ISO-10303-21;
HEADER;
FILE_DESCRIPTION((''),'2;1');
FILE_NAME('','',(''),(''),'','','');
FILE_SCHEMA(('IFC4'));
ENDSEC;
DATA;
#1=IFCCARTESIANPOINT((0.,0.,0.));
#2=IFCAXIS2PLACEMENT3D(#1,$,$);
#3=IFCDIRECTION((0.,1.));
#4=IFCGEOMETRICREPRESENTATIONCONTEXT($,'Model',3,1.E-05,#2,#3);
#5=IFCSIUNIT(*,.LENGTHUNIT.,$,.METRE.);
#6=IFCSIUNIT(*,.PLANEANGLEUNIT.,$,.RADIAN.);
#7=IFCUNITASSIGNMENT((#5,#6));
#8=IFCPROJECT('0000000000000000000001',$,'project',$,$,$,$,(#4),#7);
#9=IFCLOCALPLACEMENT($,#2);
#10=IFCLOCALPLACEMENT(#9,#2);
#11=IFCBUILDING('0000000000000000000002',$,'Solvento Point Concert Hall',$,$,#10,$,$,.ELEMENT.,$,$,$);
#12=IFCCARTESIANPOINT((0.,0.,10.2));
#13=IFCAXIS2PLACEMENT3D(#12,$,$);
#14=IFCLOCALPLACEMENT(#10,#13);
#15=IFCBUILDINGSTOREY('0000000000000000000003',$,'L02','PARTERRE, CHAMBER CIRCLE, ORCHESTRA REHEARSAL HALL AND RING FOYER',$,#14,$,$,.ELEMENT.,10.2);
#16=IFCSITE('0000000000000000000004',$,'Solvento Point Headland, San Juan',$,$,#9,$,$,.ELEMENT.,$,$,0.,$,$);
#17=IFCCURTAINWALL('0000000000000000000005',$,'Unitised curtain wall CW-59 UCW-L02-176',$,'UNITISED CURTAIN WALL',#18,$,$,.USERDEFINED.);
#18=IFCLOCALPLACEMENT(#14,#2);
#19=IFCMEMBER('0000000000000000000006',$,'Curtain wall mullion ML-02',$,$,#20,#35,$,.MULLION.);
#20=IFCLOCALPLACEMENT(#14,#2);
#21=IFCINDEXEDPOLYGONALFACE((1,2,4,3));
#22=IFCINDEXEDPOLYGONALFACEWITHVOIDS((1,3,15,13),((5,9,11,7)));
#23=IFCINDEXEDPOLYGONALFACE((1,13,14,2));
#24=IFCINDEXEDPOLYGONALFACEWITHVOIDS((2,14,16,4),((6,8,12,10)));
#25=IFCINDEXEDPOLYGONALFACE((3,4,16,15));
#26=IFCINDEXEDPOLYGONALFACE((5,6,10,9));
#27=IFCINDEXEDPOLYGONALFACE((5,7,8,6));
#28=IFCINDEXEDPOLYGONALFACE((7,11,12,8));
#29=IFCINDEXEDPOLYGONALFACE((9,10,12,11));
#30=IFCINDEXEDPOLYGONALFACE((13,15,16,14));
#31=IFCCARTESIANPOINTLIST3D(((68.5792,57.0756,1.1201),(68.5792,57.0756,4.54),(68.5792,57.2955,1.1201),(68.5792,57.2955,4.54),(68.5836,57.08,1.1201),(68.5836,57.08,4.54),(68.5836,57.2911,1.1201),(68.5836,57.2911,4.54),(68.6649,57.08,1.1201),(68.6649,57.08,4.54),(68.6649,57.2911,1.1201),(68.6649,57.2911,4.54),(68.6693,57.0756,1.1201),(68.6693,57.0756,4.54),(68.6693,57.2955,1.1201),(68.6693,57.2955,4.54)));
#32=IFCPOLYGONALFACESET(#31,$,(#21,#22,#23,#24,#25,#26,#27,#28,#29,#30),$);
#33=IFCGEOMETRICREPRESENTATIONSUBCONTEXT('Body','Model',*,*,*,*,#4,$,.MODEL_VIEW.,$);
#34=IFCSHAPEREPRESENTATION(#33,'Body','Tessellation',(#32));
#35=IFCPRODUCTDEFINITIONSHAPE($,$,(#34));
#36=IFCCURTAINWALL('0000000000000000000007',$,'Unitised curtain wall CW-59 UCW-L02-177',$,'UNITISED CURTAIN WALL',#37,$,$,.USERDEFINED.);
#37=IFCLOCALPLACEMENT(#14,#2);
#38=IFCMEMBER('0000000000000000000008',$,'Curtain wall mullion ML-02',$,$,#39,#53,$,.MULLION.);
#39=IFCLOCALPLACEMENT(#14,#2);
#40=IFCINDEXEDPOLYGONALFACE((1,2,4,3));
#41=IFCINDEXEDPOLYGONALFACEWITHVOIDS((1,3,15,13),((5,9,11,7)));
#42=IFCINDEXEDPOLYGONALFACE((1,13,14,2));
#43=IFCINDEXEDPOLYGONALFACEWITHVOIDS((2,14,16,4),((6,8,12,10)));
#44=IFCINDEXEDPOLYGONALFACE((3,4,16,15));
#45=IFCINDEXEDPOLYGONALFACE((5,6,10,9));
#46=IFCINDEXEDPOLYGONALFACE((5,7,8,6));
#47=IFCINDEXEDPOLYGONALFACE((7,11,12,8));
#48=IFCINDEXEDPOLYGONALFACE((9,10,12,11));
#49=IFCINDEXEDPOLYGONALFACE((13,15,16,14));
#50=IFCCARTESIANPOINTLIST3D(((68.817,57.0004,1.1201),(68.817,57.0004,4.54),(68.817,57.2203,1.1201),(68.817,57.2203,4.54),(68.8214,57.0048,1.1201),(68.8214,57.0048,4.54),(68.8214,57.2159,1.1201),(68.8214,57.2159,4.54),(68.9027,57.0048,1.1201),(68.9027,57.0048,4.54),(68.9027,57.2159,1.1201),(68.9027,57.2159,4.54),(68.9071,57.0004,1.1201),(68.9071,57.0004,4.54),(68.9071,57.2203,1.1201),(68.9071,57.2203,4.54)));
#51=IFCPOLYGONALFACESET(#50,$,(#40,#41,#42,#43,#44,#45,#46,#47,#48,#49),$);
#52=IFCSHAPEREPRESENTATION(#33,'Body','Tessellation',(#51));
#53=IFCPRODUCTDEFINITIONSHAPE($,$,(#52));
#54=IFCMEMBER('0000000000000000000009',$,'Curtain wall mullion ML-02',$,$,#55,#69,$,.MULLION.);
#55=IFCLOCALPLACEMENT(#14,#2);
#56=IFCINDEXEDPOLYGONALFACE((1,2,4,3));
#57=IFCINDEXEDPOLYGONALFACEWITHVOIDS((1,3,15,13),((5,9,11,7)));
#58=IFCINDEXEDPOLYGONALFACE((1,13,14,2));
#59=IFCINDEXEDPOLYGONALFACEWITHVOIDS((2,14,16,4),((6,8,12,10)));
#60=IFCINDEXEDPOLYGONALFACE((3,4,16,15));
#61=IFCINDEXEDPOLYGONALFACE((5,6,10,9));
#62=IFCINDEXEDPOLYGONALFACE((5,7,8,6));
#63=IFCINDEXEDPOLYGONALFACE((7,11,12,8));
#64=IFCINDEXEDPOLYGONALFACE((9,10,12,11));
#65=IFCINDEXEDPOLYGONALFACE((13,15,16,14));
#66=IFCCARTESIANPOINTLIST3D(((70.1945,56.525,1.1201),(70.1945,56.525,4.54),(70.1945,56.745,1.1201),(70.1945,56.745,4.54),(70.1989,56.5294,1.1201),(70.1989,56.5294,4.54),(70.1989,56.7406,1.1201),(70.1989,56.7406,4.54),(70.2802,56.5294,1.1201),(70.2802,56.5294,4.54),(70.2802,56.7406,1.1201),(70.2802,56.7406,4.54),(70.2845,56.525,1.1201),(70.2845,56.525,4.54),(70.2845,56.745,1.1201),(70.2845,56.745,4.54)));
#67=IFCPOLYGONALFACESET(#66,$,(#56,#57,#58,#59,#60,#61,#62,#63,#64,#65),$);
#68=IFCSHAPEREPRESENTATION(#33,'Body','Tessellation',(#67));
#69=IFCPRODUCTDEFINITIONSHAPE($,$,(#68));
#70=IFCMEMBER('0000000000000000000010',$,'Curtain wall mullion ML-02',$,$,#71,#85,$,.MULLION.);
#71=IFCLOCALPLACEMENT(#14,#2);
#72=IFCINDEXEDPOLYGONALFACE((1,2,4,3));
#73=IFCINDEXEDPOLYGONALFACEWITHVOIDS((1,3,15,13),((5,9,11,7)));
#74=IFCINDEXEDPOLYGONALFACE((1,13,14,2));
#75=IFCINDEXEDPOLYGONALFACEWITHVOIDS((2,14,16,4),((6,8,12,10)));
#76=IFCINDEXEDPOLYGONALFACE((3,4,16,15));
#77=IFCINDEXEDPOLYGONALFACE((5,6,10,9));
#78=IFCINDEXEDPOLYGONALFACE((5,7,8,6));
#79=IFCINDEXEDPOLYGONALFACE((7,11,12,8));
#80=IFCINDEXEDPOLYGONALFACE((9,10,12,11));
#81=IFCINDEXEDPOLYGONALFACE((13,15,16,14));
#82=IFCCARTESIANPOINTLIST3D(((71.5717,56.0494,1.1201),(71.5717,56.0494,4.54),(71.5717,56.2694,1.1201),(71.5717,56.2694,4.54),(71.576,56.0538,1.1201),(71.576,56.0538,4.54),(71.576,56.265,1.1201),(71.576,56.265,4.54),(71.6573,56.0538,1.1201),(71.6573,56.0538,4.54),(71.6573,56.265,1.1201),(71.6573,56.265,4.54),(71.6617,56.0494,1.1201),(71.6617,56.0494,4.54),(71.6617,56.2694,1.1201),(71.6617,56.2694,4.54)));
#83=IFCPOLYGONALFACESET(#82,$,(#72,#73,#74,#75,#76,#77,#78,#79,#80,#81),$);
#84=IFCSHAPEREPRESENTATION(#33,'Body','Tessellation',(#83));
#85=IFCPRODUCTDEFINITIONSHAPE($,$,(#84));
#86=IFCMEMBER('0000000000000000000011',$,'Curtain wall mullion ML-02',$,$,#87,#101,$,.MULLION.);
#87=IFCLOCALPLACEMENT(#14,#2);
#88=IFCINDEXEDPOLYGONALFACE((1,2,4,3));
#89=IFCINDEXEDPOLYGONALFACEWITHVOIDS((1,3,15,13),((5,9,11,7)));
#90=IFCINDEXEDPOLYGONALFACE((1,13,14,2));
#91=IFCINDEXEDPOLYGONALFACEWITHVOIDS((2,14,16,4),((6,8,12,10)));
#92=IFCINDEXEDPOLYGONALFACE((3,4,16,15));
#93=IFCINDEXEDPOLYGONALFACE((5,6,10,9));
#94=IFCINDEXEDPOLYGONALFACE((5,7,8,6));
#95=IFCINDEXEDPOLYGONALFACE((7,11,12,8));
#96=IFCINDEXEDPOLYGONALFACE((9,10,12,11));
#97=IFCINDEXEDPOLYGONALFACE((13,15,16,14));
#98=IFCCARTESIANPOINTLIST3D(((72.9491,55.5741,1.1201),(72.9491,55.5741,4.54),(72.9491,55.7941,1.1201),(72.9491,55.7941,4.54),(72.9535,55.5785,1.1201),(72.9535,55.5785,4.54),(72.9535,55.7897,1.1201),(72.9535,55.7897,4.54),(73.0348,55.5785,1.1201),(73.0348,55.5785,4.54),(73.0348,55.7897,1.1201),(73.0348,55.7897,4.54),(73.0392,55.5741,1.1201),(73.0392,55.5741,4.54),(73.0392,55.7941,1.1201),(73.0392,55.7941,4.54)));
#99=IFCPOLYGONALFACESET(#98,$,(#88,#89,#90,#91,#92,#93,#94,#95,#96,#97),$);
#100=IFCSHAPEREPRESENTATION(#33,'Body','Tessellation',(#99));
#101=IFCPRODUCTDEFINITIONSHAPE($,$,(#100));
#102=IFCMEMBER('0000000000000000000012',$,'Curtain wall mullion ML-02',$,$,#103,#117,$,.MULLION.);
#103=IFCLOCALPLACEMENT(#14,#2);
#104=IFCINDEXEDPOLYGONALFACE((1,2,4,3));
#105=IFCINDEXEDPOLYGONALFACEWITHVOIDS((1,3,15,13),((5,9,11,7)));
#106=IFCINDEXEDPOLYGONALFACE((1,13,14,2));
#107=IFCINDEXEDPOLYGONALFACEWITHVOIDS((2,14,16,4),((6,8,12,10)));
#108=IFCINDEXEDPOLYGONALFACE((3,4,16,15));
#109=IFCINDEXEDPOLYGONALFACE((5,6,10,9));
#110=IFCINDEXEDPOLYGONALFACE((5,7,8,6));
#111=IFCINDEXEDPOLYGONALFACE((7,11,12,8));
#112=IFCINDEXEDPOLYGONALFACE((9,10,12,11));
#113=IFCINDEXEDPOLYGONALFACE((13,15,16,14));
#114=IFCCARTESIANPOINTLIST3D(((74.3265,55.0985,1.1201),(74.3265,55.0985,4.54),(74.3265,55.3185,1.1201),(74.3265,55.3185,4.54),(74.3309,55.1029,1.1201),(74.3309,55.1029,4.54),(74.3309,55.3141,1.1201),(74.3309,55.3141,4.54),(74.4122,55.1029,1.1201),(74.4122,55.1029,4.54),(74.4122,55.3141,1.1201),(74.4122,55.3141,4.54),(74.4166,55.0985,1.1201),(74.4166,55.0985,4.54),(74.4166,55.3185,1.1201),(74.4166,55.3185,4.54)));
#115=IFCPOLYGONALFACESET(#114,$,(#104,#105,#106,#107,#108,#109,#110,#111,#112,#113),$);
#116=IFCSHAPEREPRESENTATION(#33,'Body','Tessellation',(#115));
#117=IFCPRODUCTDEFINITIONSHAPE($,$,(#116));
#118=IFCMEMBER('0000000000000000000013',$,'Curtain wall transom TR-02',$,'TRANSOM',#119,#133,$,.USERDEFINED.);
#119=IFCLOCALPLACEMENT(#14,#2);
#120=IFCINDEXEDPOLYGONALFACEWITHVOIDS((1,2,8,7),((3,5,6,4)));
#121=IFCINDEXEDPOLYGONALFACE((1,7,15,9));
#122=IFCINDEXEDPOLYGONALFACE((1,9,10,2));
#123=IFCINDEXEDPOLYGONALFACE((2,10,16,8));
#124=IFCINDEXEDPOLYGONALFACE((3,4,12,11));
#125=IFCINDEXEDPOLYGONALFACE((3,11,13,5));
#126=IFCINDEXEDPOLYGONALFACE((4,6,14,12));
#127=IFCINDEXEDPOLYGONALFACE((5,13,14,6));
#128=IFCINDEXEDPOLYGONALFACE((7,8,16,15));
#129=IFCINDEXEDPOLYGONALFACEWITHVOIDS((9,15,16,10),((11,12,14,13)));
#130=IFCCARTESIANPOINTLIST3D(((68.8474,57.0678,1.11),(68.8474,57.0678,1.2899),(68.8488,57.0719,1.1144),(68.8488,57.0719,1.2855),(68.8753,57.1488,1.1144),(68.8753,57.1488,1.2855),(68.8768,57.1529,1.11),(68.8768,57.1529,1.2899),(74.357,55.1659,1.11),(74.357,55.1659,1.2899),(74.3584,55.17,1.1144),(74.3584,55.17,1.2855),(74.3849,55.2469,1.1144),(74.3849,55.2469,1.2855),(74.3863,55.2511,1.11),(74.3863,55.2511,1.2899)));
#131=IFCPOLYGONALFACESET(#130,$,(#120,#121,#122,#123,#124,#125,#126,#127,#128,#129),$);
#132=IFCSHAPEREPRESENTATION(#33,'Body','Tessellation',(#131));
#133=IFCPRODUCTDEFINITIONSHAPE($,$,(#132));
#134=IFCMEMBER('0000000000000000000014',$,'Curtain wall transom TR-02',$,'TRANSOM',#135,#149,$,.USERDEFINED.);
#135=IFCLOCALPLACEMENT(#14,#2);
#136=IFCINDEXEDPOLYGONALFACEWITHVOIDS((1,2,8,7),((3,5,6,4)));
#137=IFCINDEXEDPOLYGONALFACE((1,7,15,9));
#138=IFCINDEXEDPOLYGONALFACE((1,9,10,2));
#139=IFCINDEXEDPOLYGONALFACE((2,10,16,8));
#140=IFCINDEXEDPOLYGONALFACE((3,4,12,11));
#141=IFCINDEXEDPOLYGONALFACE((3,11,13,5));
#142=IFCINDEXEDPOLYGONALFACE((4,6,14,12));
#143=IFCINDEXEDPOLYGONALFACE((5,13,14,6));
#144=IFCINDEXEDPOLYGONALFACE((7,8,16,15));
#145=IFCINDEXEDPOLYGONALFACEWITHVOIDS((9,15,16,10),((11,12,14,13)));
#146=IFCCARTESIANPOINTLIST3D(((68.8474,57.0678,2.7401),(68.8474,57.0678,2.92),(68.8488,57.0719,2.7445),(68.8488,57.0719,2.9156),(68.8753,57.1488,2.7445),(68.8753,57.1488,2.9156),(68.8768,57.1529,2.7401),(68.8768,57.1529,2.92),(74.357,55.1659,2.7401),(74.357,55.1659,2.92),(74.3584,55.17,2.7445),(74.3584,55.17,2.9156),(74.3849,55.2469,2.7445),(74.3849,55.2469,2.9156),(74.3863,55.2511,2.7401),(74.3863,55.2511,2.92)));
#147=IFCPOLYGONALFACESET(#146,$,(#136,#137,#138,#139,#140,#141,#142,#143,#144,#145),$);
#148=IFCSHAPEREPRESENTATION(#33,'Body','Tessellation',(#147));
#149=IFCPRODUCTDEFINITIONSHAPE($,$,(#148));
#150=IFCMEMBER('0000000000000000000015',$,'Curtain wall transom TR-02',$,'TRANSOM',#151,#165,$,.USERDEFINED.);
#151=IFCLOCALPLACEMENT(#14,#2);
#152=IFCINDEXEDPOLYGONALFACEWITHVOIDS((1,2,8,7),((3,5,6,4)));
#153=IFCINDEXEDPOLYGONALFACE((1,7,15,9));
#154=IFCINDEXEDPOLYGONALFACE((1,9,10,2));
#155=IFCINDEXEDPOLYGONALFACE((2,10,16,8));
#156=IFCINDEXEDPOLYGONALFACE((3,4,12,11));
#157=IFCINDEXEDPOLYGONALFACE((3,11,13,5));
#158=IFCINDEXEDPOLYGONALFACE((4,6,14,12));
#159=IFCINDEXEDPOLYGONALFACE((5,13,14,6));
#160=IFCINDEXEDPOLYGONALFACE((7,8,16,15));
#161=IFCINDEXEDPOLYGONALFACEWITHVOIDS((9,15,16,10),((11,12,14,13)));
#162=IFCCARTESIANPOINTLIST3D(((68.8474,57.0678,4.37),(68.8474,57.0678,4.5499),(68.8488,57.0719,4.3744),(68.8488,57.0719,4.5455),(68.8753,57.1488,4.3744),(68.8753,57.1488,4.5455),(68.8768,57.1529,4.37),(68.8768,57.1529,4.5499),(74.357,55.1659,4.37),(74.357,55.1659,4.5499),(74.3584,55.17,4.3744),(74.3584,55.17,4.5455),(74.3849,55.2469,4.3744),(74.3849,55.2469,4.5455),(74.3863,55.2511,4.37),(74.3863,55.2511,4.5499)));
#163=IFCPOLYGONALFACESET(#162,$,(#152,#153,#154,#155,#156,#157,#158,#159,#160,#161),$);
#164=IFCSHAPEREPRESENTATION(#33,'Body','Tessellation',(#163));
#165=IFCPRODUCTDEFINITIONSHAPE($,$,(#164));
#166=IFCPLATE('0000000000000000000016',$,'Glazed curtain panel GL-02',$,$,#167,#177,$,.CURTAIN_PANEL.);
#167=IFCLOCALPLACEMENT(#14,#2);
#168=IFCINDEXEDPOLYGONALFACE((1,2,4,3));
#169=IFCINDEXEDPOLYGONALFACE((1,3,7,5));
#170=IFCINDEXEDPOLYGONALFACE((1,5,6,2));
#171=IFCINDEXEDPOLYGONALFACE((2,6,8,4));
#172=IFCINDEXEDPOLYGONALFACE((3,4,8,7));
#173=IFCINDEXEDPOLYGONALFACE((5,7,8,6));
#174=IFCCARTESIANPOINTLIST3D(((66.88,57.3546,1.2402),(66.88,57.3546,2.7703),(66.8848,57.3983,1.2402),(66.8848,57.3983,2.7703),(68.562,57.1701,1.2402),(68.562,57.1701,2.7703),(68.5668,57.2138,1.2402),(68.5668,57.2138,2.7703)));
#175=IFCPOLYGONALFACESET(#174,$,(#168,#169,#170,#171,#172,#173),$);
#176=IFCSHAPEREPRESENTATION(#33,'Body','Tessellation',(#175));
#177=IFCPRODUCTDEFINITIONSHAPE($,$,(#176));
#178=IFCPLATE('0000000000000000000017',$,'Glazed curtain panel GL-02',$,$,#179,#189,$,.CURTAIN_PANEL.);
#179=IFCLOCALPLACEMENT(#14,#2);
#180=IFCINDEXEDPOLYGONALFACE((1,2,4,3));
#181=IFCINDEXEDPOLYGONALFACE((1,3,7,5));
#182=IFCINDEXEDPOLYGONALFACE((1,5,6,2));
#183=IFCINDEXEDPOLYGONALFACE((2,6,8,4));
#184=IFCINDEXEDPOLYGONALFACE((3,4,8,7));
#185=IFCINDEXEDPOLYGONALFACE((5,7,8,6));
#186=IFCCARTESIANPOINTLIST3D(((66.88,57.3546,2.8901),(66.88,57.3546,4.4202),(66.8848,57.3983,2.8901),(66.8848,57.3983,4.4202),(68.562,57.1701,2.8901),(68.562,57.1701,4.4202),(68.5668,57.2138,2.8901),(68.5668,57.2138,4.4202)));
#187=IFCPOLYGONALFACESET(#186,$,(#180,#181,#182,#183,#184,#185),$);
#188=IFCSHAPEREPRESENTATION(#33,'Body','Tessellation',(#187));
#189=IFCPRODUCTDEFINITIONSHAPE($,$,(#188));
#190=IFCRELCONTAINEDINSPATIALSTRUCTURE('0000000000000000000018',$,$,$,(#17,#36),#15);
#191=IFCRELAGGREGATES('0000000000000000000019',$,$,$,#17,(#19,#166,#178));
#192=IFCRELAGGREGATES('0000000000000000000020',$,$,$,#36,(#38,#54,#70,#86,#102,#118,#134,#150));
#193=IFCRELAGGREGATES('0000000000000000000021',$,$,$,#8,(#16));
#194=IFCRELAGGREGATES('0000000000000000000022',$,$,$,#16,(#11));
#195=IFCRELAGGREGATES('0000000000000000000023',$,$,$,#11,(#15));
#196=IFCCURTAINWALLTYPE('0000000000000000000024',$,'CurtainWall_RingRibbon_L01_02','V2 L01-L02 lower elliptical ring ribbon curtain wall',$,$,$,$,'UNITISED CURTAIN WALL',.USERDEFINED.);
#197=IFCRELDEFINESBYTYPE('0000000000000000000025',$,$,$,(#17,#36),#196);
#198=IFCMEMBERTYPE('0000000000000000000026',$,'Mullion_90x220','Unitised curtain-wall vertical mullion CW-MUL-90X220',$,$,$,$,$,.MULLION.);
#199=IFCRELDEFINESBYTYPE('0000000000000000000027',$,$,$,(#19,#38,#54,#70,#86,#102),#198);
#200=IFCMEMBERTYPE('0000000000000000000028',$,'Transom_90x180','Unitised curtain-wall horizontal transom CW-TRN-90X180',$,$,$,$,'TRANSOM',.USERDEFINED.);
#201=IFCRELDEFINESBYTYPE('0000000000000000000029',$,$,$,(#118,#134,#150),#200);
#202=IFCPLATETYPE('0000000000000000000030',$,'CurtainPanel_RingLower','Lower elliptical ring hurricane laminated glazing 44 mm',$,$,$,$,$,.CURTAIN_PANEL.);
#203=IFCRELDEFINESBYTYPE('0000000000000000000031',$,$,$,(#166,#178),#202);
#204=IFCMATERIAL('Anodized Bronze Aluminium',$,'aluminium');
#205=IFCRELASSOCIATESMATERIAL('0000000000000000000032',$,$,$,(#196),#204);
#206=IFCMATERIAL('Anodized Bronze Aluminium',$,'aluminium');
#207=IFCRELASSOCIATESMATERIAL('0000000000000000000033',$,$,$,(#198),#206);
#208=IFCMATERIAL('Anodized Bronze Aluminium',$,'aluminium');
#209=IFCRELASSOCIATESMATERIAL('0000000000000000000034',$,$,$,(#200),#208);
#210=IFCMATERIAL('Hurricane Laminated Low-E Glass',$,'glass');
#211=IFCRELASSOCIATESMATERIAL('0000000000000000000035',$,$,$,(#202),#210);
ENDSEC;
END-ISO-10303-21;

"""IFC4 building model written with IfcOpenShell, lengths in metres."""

from ifc_helpers import new_model, si_unit, direction, frame, origin, origin_2d, place, context, subcontext, project, spatial, rectangle, hollow_rectangle, extrude, material, material_profile, profile_set, type_object, element, aggregate, save


model = new_model("IFC4")

# Units and contexts
model_context = context("Model", 3, precision=1e-05, world=origin(), true_north=direction((0.0, 1.0)))
body_context = subcontext(model_context, "Body", "Model", "MODEL_VIEW")
ifc_project = project(units=[si_unit("LENGTHUNIT", "METRE"), si_unit("PLANEANGLEUNIT", "RADIAN")], contexts=[model_context])

# Site, building, storey
site_placement = place(None, origin())
site = spatial("IfcSite", under=ifc_project, at=site_placement, Name="Solvento Point Headland, San Juan", CompositionType="ELEMENT", RefElevation=0.0)
building_placement = place(site_placement, origin())
building = spatial("IfcBuilding", under=site, at=building_placement, Name="Solvento Point Concert Hall", CompositionType="ELEMENT")
storey_placement = place(building_placement, frame((0.0, 0.0, 10.2)))
storey = spatial("IfcBuildingStorey", under=building, at=storey_placement, Name="L02", Description="PARTERRE, CHAMBER CIRCLE, ORCHESTRA REHEARSAL HALL AND RING FOYER", CompositionType="ELEMENT", Elevation=10.2)

# Curtain wall, member
ifc_material_1 = material(Name="Anodized Bronze Aluminium", Category="aluminium")
curtain_wall_type = type_object("IfcCurtainWallType", Name="CurtainWall_RingRibbon_L01_02", Description="V2 L01-L02 lower elliptical ring ribbon curtain wall", ElementType="UNITISED CURTAIN WALL", PredefinedType="USERDEFINED", material=ifc_material_1)
curtain_wall_1_placement = place(storey_placement, origin())
curtain_wall_1 = element("IfcCurtainWall", 1, at=curtain_wall_1_placement, inside=storey, type_object=curtain_wall_type, Name="Unitised curtain wall CW-59 UCW-L02-176", ObjectType="UNITISED CURTAIN WALL", PredefinedType="USERDEFINED")
ifc_material_2 = material(Name="Anodized Bronze Aluminium", Category="aluminium")
ifc_material_profile_1 = material_profile(ifc_material_2, hollow_rectangle(XDim=0.0901, YDim=0.22, WallThickness=0.0044, at=origin_2d()), Name="CW-MUL-90X220")
ifc_profile_set_1 = profile_set([ifc_material_profile_1], Name="Anodized Bronze Aluminium")
member_type_1 = type_object("IfcMemberType", Name="Mullion_90x220", Description="Unitised curtain-wall vertical mullion CW-MUL-90X220", PredefinedType="MULLION", material=ifc_profile_set_1)
member_1_placement = place(storey_placement, frame((68.6243, 57.1855, 1.1201), z_axis=(0.0, 0.0, 1.0), x_axis=(1.0, 0.0, 0.0)))
member_1 = element("IfcMember", 2, at=member_1_placement, type_object=member_type_1, Name="Curtain wall mullion ML-02", PredefinedType="MULLION", context=body_context, shape_type="SweptSolid", body=[
    extrude(hollow_rectangle(XDim=0.0901, YDim=0.22, WallThickness=0.0044, at=origin_2d()), origin(), (0.0, 0.0, 1.0), 3.4199),
])

# Curtain wall, members
curtain_wall_2_placement = place(storey_placement, origin())
curtain_wall_2 = element("IfcCurtainWall", 3, at=curtain_wall_2_placement, inside=storey, type_object=curtain_wall_type, Name="Unitised curtain wall CW-59 UCW-L02-177", ObjectType="UNITISED CURTAIN WALL", PredefinedType="USERDEFINED")
member_2_placement = place(storey_placement, frame((68.8621, 57.1104, 1.1201), z_axis=(0.0, 0.0, 1.0), x_axis=(1.0, 0.0, 0.0)))
member_2 = element("IfcMember", 4, at=member_2_placement, type_object=member_type_1, Name="Curtain wall mullion ML-02", PredefinedType="MULLION", context=body_context, shape_type="SweptSolid", body=[
    extrude(hollow_rectangle(XDim=0.0901, YDim=0.22, WallThickness=0.0044, at=origin_2d()), origin(), (0.0, 0.0, 1.0), 3.4199),
])
member_3_placement = place(storey_placement, frame((70.2395, 56.635, 1.1201), z_axis=(0.0, 0.0, 1.0), x_axis=(1.0, 0.0, 0.0)))
member_3 = element("IfcMember", 5, at=member_3_placement, type_object=member_type_1, Name="Curtain wall mullion ML-02", PredefinedType="MULLION", context=body_context, shape_type="SweptSolid", body=[
    extrude(hollow_rectangle(XDim=0.0901, YDim=0.22, WallThickness=0.0044, at=origin_2d()), origin(), (0.0, 0.0, 1.0), 3.4199),
])
member_4_placement = place(storey_placement, frame((71.6167, 56.1594, 1.1201), z_axis=(0.0, 0.0, 1.0), x_axis=(1.0, 0.0, 0.0)))
member_4 = element("IfcMember", 6, at=member_4_placement, type_object=member_type_1, Name="Curtain wall mullion ML-02", PredefinedType="MULLION", context=body_context, shape_type="SweptSolid", body=[
    extrude(hollow_rectangle(XDim=0.0901, YDim=0.22, WallThickness=0.0044, at=origin_2d()), origin(), (0.0, 0.0, 1.0), 3.4199),
])
member_5_placement = place(storey_placement, frame((72.9941, 55.6841, 1.1201), z_axis=(0.0, 0.0, 1.0), x_axis=(1.0, 0.0, 0.0)))
member_5 = element("IfcMember", 7, at=member_5_placement, type_object=member_type_1, Name="Curtain wall mullion ML-02", PredefinedType="MULLION", context=body_context, shape_type="SweptSolid", body=[
    extrude(hollow_rectangle(XDim=0.0901, YDim=0.22, WallThickness=0.0044, at=origin_2d()), origin(), (0.0, 0.0, 1.0), 3.4199),
])
member_6_placement = place(storey_placement, frame((74.3716, 55.2085, 1.1201), z_axis=(0.0, 0.0, 1.0), x_axis=(1.0, 0.0, 0.0)))
member_6 = element("IfcMember", 8, at=member_6_placement, type_object=member_type_1, Name="Curtain wall mullion ML-02", PredefinedType="MULLION", context=body_context, shape_type="SweptSolid", body=[
    extrude(hollow_rectangle(XDim=0.0901, YDim=0.22, WallThickness=0.0044, at=origin_2d()), origin(), (0.0, 0.0, 1.0), 3.4199),
])
ifc_material_3 = material(Name="Anodized Bronze Aluminium", Category="aluminium")
ifc_material_profile_2 = material_profile(ifc_material_3, hollow_rectangle(XDim=0.0901, YDim=0.1799, WallThickness=0.0044, at=origin_2d()), Name="CW-TRN-90X180")
ifc_profile_set_2 = profile_set([ifc_material_profile_2], Name="Anodized Bronze Aluminium")
member_type_2 = type_object("IfcMemberType", Name="Transom_90x180", Description="Unitised curtain-wall horizontal transom CW-TRN-90X180", ElementType="TRANSOM", PredefinedType="USERDEFINED", material=ifc_profile_set_2)
member_7_placement = place(storey_placement, frame((68.8621, 57.1104, 1.2), z_axis=(0.945266, -0.3263, 0.0), x_axis=(0.3263, 0.945266, 0.0)))
member_7 = element("IfcMember", 9, at=member_7_placement, type_object=member_type_2, Name="Curtain wall transom TR-02", ObjectType="TRANSOM", PredefinedType="USERDEFINED", context=body_context, shape_type="SweptSolid", body=[
    extrude(hollow_rectangle(XDim=0.0901, YDim=0.1799, WallThickness=0.0044, at=origin_2d()), origin(), (0.0, 0.0, 1.0), 5.8286),
])
member_8_placement = place(storey_placement, frame((68.8621, 57.1104, 2.8301), z_axis=(0.945266, -0.3263, 0.0), x_axis=(0.3263, 0.945266, 0.0)))
member_8 = element("IfcMember", 10, at=member_8_placement, type_object=member_type_2, Name="Curtain wall transom TR-02", ObjectType="TRANSOM", PredefinedType="USERDEFINED", context=body_context, shape_type="SweptSolid", body=[
    extrude(hollow_rectangle(XDim=0.0901, YDim=0.1799, WallThickness=0.0044, at=origin_2d()), origin(), (0.0, 0.0, 1.0), 5.8286),
])
member_9_placement = place(storey_placement, frame((68.8621, 57.1104, 4.46), z_axis=(0.945266, -0.3263, 0.0), x_axis=(0.3263, 0.945266, 0.0)))
member_9 = element("IfcMember", 11, at=member_9_placement, type_object=member_type_2, Name="Curtain wall transom TR-02", ObjectType="TRANSOM", PredefinedType="USERDEFINED", context=body_context, shape_type="SweptSolid", body=[
    extrude(hollow_rectangle(XDim=0.0901, YDim=0.1799, WallThickness=0.0044, at=origin_2d()), origin(), (0.0, 0.0, 1.0), 5.8286),
])

# Plates
ifc_material_4 = material(Name="Hurricane Laminated Low-E Glass", Category="glass")
plate_type = type_object("IfcPlateType", Name="CurtainPanel_RingLower", Description="Lower elliptical ring hurricane laminated glazing 44 mm", PredefinedType="CURTAIN_PANEL", material=ifc_material_4)
plate_1_placement = place(storey_placement, frame((67.7234, 57.2842, 1.2402), z_axis=(0.0, 0.0, 1.0), x_axis=(0.994035, -0.109058, 0.0)))
plate_1 = element("IfcPlate", 12, at=plate_1_placement, type_object=plate_type, Name="Glazed curtain panel GL-02", PredefinedType="CURTAIN_PANEL", context=body_context, shape_type="SweptSolid", body=[
    extrude(rectangle(XDim=1.6921, YDim=0.0439, at=origin_2d()), origin(), (0.0, 0.0, 1.0), 1.53),
])
plate_2_placement = place(storey_placement, frame((67.7234, 57.2842, 2.8901), z_axis=(0.0, 0.0, 1.0), x_axis=(0.994035, -0.109058, 0.0)))
plate_2 = element("IfcPlate", 13, at=plate_2_placement, type_object=plate_type, Name="Glazed curtain panel GL-02", PredefinedType="CURTAIN_PANEL", context=body_context, shape_type="SweptSolid", body=[
    extrude(rectangle(XDim=1.6921, YDim=0.0439, at=origin_2d()), origin(), (0.0, 0.0, 1.0), 1.53),
])
aggregate(curtain_wall_1, [member_1, plate_1, plate_2])
aggregate(curtain_wall_2, [member_2, member_3, member_4, member_5, member_6, member_7, member_8, member_9])

save(model, "model.ifc")
